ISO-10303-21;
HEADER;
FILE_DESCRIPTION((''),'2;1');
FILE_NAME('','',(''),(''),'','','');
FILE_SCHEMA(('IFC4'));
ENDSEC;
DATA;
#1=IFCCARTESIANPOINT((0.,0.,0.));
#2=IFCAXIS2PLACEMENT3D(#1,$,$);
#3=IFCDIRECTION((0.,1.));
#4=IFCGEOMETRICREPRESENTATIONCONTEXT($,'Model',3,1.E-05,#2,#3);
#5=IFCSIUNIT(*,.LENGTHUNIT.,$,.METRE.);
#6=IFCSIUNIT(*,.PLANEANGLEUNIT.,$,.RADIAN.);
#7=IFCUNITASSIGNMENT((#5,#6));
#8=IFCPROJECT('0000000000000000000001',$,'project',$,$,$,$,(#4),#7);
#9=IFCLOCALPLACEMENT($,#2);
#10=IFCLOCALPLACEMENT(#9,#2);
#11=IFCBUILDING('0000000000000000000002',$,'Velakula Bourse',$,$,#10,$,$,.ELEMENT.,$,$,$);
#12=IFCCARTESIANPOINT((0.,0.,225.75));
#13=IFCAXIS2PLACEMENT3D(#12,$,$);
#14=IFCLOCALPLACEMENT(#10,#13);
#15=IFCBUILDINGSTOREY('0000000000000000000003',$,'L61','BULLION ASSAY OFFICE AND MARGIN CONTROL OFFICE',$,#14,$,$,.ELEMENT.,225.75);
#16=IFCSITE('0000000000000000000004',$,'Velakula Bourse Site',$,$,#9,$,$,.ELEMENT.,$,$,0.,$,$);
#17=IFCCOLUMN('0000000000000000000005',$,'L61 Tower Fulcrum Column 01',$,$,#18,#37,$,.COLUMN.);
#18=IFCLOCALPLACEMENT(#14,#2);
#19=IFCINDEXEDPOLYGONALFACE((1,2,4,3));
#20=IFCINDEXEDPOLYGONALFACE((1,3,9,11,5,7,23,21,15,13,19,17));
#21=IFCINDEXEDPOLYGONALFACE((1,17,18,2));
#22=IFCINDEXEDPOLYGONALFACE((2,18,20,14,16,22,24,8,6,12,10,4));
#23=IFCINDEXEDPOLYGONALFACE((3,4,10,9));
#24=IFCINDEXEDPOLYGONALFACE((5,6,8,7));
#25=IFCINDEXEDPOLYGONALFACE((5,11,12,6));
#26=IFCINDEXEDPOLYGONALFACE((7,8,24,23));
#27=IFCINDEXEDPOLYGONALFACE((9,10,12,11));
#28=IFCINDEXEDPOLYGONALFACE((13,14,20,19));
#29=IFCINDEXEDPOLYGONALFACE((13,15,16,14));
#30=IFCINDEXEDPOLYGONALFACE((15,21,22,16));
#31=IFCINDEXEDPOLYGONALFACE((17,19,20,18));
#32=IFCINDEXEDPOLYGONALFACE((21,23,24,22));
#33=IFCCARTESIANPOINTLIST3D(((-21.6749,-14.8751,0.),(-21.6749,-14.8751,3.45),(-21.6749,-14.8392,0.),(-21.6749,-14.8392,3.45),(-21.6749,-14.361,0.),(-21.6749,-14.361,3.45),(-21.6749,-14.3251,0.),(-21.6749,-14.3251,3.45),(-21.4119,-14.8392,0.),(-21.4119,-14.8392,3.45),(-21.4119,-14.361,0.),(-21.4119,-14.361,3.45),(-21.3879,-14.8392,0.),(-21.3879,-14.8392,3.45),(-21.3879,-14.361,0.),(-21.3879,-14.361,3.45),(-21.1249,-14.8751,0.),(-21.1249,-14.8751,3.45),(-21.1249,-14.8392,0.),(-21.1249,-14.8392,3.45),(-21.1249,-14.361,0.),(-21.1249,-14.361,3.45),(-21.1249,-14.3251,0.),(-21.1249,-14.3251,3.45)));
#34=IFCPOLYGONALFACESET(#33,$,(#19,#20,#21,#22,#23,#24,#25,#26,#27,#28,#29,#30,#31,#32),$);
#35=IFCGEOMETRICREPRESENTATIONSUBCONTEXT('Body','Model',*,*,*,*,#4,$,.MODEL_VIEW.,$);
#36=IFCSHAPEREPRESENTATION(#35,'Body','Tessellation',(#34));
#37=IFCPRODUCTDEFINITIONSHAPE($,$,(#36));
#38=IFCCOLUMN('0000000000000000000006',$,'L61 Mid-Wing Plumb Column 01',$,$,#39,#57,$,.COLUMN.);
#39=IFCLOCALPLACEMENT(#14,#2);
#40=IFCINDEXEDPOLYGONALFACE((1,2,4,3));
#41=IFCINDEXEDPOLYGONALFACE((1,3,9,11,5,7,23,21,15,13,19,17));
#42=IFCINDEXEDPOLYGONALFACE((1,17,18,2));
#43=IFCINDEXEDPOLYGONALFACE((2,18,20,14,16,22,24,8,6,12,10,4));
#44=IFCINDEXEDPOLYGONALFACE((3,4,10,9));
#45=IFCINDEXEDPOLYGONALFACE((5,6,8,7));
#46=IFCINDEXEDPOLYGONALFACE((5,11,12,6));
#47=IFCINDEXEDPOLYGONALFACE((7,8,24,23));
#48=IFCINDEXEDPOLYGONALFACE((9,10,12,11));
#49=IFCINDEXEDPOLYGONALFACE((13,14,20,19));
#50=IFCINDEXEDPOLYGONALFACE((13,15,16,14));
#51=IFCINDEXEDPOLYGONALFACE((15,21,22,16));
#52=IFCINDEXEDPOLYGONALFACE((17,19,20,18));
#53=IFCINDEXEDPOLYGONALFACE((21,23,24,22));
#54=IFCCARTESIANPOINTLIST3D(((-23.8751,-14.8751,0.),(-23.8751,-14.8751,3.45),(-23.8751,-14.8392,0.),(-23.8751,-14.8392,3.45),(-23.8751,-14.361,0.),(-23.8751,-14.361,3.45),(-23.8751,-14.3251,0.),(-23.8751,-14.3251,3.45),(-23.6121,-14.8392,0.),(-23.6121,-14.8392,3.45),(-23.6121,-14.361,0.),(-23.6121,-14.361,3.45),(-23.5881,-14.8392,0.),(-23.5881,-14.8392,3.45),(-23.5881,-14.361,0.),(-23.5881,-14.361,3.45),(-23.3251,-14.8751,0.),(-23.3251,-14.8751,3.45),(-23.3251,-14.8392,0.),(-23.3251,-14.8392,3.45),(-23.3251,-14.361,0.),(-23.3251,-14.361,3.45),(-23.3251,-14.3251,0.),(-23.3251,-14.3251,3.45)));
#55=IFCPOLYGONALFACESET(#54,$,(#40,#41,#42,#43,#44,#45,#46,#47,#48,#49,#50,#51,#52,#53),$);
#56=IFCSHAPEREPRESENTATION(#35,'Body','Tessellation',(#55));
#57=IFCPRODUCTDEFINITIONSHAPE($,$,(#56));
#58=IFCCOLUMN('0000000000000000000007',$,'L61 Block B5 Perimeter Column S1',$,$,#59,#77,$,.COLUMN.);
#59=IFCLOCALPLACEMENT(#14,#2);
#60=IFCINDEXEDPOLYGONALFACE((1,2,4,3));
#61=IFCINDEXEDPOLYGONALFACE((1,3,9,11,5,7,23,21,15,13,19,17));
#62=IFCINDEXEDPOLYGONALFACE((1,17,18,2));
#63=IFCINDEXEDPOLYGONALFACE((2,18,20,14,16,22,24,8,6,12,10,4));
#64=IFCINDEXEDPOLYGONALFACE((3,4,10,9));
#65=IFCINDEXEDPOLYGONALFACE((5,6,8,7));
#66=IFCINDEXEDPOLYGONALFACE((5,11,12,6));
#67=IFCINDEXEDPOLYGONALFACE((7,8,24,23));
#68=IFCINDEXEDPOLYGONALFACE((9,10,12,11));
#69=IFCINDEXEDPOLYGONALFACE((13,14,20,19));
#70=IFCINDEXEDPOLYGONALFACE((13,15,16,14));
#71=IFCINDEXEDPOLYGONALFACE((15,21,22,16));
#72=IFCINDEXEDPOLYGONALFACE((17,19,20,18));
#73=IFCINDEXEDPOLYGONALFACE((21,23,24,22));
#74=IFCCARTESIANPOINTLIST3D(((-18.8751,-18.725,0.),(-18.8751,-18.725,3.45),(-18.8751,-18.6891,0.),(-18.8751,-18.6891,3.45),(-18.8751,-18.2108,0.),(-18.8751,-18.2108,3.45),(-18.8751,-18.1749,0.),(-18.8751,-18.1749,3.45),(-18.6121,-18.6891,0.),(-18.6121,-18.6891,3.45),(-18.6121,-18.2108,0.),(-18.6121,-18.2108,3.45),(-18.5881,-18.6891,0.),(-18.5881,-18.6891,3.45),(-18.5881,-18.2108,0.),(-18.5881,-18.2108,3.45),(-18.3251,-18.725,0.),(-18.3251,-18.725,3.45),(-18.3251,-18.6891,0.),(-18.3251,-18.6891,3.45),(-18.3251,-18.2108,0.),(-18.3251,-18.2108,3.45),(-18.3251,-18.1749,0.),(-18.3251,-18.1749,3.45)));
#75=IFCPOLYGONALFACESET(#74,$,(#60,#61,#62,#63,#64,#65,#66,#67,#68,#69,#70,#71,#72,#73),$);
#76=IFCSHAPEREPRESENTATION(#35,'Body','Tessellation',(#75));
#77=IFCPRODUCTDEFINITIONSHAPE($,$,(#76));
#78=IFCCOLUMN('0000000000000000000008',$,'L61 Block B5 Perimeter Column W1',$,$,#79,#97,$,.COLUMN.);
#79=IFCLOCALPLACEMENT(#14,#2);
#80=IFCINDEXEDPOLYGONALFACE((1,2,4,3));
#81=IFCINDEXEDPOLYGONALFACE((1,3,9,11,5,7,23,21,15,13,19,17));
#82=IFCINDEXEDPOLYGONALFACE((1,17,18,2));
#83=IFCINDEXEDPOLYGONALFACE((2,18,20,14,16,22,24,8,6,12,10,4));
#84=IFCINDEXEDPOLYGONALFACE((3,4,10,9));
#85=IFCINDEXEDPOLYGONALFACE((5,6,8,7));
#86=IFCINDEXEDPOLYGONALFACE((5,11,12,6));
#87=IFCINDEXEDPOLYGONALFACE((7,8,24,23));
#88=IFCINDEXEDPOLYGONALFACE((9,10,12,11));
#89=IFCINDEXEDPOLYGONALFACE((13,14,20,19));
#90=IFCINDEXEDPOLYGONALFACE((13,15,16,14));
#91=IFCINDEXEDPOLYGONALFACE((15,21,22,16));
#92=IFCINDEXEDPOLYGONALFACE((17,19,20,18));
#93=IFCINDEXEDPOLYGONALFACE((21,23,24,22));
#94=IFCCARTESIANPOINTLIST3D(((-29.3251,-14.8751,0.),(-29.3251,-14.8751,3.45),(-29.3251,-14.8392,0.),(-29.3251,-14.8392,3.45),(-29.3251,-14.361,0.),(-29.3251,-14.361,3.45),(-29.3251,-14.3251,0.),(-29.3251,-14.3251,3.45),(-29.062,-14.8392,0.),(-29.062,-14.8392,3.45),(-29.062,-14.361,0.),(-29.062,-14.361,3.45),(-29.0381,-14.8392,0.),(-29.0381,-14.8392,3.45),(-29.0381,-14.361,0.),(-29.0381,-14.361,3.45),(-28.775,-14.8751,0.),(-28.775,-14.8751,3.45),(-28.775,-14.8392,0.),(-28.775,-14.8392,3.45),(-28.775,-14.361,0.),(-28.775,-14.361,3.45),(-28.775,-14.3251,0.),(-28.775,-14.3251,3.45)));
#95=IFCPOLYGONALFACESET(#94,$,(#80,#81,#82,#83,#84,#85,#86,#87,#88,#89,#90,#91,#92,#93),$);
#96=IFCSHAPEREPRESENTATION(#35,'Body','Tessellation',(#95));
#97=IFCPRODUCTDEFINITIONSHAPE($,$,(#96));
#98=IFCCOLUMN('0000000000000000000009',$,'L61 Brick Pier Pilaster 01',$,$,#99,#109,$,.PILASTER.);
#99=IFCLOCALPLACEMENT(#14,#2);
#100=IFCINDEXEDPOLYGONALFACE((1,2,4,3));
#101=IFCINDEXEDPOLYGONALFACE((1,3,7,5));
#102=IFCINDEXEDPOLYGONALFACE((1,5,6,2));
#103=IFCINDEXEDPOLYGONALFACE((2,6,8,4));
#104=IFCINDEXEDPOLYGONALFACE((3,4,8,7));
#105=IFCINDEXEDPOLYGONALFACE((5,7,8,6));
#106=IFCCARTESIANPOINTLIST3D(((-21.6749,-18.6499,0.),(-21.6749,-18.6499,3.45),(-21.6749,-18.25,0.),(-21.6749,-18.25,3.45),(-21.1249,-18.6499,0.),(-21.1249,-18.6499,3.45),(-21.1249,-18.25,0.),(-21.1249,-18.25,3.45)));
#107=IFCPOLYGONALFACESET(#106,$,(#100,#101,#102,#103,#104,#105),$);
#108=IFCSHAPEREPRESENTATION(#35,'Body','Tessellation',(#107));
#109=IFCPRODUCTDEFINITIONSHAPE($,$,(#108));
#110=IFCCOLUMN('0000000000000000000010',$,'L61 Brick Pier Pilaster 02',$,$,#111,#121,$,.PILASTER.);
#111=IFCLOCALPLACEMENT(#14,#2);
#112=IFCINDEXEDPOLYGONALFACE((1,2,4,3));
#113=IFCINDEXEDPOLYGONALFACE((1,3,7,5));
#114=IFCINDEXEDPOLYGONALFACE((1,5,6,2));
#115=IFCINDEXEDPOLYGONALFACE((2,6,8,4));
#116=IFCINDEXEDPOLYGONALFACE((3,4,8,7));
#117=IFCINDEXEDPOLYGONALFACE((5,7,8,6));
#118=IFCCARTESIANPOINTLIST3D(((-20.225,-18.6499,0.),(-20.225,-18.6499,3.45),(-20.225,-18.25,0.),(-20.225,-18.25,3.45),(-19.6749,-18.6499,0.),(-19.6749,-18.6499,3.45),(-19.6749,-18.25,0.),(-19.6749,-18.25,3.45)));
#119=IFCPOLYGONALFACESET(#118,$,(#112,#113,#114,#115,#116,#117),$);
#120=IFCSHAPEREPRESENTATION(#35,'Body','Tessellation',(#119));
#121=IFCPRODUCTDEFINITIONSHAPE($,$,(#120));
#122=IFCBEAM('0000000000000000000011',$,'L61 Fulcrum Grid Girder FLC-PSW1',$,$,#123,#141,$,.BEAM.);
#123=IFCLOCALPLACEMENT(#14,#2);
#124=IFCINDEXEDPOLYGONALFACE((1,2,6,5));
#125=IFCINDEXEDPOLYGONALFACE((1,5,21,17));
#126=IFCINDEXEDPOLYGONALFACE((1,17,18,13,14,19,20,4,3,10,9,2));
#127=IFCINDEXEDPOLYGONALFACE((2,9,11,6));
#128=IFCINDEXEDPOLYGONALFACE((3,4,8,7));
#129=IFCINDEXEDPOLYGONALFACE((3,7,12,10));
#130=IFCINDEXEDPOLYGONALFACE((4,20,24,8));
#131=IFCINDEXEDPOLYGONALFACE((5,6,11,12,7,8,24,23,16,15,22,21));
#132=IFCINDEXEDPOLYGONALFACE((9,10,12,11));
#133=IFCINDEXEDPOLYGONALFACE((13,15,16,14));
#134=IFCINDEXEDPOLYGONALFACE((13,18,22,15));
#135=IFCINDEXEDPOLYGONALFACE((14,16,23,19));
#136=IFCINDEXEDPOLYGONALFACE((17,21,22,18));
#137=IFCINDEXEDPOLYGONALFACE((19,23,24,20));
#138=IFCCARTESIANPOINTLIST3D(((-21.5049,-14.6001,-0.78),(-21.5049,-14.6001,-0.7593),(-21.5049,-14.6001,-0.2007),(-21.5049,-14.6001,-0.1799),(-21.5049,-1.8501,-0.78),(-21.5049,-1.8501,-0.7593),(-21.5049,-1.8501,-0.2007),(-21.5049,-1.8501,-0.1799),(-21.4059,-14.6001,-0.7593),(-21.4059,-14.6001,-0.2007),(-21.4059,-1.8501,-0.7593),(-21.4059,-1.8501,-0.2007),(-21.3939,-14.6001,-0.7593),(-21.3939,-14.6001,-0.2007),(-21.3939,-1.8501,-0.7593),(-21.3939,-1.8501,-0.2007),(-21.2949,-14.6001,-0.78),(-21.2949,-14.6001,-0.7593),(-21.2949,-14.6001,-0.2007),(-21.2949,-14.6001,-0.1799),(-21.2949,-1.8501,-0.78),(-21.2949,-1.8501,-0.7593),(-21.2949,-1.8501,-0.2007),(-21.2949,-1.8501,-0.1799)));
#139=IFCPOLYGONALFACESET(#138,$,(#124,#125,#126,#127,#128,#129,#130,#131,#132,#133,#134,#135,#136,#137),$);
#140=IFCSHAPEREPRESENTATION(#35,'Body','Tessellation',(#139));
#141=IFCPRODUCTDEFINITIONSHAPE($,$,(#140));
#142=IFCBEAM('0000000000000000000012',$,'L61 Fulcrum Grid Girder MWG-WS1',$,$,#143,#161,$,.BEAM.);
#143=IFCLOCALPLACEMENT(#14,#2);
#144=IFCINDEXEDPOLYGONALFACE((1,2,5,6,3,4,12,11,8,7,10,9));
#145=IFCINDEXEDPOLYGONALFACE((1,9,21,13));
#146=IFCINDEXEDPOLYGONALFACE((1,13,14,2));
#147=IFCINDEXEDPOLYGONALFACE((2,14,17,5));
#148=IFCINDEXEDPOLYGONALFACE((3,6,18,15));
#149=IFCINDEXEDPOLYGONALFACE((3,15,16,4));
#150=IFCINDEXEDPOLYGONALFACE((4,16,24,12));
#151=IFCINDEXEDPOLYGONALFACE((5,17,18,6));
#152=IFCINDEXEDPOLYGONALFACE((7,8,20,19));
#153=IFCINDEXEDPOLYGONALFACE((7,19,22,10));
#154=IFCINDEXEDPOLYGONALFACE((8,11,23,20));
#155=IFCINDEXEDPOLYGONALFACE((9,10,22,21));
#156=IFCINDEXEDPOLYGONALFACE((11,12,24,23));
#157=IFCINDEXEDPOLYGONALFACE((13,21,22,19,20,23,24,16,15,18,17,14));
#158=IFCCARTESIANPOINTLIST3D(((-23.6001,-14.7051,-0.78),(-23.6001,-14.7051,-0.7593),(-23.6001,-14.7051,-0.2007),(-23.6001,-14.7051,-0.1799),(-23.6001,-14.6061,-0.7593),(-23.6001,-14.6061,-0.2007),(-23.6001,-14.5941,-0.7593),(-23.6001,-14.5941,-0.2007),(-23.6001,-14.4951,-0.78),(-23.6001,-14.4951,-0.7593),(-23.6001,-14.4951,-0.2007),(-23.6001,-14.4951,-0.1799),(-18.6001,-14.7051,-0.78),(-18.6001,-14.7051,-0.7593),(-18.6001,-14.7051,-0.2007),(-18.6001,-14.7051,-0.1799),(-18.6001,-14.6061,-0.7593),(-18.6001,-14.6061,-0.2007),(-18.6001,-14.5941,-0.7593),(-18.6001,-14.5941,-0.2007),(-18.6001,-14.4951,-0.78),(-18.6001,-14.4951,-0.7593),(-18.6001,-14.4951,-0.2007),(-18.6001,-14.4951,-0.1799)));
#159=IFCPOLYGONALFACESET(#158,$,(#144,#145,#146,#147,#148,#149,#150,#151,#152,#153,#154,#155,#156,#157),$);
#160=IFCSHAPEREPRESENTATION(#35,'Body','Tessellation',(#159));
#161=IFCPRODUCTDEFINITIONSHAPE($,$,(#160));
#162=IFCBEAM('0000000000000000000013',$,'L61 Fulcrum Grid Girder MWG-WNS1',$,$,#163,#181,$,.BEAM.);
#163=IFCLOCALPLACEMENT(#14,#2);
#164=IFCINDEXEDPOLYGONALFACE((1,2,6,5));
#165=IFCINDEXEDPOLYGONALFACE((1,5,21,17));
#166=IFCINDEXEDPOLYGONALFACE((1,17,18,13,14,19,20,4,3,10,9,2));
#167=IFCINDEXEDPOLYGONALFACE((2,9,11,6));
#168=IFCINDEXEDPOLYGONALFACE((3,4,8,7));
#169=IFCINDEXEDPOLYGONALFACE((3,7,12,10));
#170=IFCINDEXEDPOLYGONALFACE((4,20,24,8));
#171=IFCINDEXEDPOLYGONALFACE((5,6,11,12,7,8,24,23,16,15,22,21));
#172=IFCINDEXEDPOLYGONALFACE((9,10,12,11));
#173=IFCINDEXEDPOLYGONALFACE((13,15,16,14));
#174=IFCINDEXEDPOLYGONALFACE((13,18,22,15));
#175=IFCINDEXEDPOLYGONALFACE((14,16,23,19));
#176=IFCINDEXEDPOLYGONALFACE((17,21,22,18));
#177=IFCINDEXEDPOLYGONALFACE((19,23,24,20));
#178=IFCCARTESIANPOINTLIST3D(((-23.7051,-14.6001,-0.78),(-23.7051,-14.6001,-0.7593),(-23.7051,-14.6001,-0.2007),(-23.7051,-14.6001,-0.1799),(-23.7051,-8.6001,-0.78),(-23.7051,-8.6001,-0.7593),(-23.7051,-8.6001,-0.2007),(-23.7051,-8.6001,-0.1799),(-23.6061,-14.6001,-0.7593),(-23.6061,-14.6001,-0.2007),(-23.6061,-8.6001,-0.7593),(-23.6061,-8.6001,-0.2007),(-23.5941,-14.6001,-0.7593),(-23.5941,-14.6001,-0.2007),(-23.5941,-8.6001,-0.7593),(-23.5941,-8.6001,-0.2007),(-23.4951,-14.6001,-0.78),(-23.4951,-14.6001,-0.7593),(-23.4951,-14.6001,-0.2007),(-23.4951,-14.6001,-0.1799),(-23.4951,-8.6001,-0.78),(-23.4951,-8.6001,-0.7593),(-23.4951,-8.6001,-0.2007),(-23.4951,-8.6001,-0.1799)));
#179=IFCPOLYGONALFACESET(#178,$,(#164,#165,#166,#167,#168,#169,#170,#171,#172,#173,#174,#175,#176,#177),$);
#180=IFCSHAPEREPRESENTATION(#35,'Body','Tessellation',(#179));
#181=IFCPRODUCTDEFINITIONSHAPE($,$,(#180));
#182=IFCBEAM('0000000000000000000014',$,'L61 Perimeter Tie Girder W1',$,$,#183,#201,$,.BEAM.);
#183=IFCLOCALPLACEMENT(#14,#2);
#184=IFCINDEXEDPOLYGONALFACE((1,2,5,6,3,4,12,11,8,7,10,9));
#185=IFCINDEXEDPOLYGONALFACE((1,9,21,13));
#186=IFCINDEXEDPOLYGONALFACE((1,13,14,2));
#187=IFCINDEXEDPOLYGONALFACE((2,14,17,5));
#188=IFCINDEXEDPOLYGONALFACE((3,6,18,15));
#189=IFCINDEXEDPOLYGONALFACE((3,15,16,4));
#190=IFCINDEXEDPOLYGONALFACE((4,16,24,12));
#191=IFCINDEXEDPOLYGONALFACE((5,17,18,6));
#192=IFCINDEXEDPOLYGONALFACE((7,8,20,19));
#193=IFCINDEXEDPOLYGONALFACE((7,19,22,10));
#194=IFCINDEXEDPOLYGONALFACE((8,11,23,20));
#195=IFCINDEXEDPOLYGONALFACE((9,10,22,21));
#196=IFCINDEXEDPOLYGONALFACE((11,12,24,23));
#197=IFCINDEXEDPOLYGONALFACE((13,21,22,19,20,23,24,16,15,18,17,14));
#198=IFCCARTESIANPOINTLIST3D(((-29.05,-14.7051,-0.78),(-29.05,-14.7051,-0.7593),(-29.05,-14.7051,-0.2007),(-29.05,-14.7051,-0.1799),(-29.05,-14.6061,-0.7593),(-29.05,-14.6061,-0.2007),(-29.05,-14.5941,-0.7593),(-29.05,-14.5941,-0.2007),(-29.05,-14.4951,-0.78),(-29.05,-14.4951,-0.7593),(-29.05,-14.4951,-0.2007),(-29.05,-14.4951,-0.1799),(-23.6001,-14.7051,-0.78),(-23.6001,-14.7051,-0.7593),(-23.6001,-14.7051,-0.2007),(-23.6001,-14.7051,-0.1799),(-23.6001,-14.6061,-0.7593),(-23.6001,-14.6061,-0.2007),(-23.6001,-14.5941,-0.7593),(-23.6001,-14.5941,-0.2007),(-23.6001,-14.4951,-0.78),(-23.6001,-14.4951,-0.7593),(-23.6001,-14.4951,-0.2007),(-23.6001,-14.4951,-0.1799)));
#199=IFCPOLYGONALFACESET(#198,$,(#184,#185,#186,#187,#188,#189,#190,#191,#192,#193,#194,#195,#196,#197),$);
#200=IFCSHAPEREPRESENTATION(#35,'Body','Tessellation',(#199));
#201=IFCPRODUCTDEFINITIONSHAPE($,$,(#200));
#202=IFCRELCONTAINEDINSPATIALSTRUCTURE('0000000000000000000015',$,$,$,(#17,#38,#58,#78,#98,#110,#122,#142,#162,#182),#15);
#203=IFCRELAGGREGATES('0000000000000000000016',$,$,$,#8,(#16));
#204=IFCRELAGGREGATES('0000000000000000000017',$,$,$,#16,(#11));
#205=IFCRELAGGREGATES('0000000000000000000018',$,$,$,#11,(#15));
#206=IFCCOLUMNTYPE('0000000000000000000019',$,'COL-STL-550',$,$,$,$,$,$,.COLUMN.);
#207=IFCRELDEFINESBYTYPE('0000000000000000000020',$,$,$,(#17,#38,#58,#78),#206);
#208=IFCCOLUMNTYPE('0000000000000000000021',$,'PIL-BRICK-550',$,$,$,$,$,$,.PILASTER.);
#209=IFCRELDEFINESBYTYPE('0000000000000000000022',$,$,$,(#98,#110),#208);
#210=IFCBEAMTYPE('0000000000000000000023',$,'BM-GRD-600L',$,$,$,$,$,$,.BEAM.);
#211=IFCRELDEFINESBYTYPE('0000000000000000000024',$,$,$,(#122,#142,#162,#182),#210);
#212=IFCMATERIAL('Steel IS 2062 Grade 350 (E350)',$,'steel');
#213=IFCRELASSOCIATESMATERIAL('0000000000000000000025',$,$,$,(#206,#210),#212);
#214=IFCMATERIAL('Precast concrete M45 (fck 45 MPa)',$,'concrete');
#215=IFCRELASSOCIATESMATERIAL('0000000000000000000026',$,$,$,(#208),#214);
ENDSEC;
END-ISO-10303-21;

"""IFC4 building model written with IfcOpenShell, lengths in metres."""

from ifc_helpers import new_model, si_unit, direction, frame, origin, origin_2d, place, context, subcontext, project, spatial, rectangle, i_section, extrude, material, material_profile, profile_set, type_object, element, save


model = new_model("IFC4")

# Units and contexts
model_context = context("Model", 3, precision=1e-05, world=origin(), true_north=direction((0.0, 1.0)))
body_context = subcontext(model_context, "Body", "Model", "MODEL_VIEW")
ifc_project = project(units=[si_unit("LENGTHUNIT", "METRE"), si_unit("PLANEANGLEUNIT", "RADIAN")], contexts=[model_context])

# Site, building, storey
site_placement = place(None, origin())
site = spatial("IfcSite", under=ifc_project, at=site_placement, Name="Velakula Bourse Site", CompositionType="ELEMENT", RefElevation=0.0)
building_placement = place(site_placement, origin())
building = spatial("IfcBuilding", under=site, at=building_placement, Name="Velakula Bourse", CompositionType="ELEMENT")
storey_placement = place(building_placement, frame((0.0, 0.0, 225.75)))
storey = spatial("IfcBuildingStorey", under=building, at=storey_placement, Name="L61", Description="BULLION ASSAY OFFICE AND MARGIN CONTROL OFFICE", CompositionType="ELEMENT", Elevation=225.75)

# Columns
ifc_material_1 = material(Name="Steel IS 2062 Grade 350 (E350)", Category="steel")
ifc_material_profile_1 = material_profile(ifc_material_1, i_section(OverallWidth=0.55, OverallDepth=0.55, WebThickness=0.0239, FlangeThickness=0.0359, at=origin_2d()), Name="Steel IS 2062 Grade 350 (E350)")
ifc_profile_set_1 = profile_set([ifc_material_profile_1], Name="Steel IS 2062 Grade 350 (E350)")
column_type_1 = type_object("IfcColumnType", Name="COL-STL-550", PredefinedType="COLUMN", material=ifc_profile_set_1)
for number, where, z_axis, x_axis, name in (
    (1, (-21.3999, -14.6001, 0.0), (0.0, 0.0, 1.0), (1.0, 0.0, 0.0), "L61 Tower Fulcrum Column 01"),
    (2, (-23.6001, -14.6001, 0.0), (0.0, 0.0, 1.0), (1.0, 0.0, 0.0), "L61 Mid-Wing Plumb Column 01"),
    (3, (-18.6001, -18.45, 0.0), (0.0, 0.0, 1.0), (1.0, 0.0, 0.0), "L61 Block B5 Perimeter Column S1"),
    (4, (-29.05, -14.6001, 0.0), (0.0, 0.0, 1.0), (1.0, 0.0, 0.0), "L61 Block B5 Perimeter Column W1"),
):
    element("IfcColumn", number, at=place(storey_placement, frame(where, z_axis=z_axis, x_axis=x_axis)), inside=storey, type_object=column_type_1, Name=name, PredefinedType="COLUMN", context=body_context, shape_type="SweptSolid", body=[
        extrude(i_section(OverallWidth=0.55, OverallDepth=0.55, WebThickness=0.0239, FlangeThickness=0.0359, at=origin_2d()), origin(), (0.0, 0.0, 1.0), 3.45),
    ])
ifc_material_2 = material(Name="Precast concrete M45 (fck 45 MPa)", Category="concrete")
ifc_material_profile_2 = material_profile(ifc_material_2, rectangle(XDim=0.55, YDim=0.3999, at=origin_2d()), Name="Precast concrete M45 (fck 45 MPa)")
ifc_profile_set_2 = profile_set([ifc_material_profile_2], Name="Precast concrete M45 (fck 45 MPa)")
column_type_2 = type_object("IfcColumnType", Name="PIL-BRICK-550", PredefinedType="PILASTER", material=ifc_profile_set_2)
for number, where, z_axis, x_axis, name in (
    (5, (-21.3999, -18.45, 0.0), (0.0, 0.0, 1.0), (1.0, 0.0, 0.0), "L61 Brick Pier Pilaster 01"),
    (6, (-19.95, -18.45, 0.0), (0.0, 0.0, 1.0), (1.0, 0.0, 0.0), "L61 Brick Pier Pilaster 02"),
):
    element("IfcColumn", number, at=place(storey_placement, frame(where, z_axis=z_axis, x_axis=x_axis)), inside=storey, type_object=column_type_2, Name=name, PredefinedType="PILASTER", context=body_context, shape_type="SweptSolid", body=[
        extrude(rectangle(XDim=0.55, YDim=0.3999, at=origin_2d()), origin(), (0.0, 0.0, 1.0), 3.45),
    ])

# Beams
ifc_material_profile_3 = material_profile(ifc_material_1, i_section(OverallWidth=0.21, OverallDepth=0.6001, WebThickness=0.012, FlangeThickness=0.0208, at=origin_2d()), Name="Steel IS 2062 Grade 350 (E350)")
ifc_profile_set_3 = profile_set([ifc_material_profile_3], Name="Steel IS 2062 Grade 350 (E350)")
beam_type_1 = type_object("IfcBeamType", Name="BM-GRD-600L", PredefinedType="BEAM", material=ifc_profile_set_3)
beam_1_placement = place(storey_placement, frame((-21.3999, -14.6001, -0.48), z_axis=(0.0, 1.0, 0.0), x_axis=(-1.0, 0.0, 0.0)))
element("IfcBeam", 7, at=beam_1_placement, inside=storey, type_object=beam_type_1, Name="L61 Fulcrum Grid Girder FLC-PSW1", PredefinedType="BEAM", context=body_context, shape_type="SweptSolid", body=[
    extrude(i_section(OverallWidth=0.21, OverallDepth=0.6001, WebThickness=0.012, FlangeThickness=0.0208, at=origin_2d()), origin(), (0.0, 0.0, 1.0), 12.75),
])
beam_2_placement = place(storey_placement, frame((-23.6001, -14.6001, -0.48), z_axis=(1.0, 0.0, 0.0), x_axis=(0.0, 1.0, 0.0)))
element("IfcBeam", 8, at=beam_2_placement, inside=storey, type_object=beam_type_1, Name="L61 Fulcrum Grid Girder MWG-WS1", PredefinedType="BEAM", context=body_context, shape_type="SweptSolid", body=[
    extrude(i_section(OverallWidth=0.21, OverallDepth=0.6001, WebThickness=0.012, FlangeThickness=0.0208, at=origin_2d()), origin(), (0.0, 0.0, 1.0), 5.0),
])
beam_3_placement = place(storey_placement, frame((-23.6001, -14.6001, -0.48), z_axis=(0.0, 1.0, 0.0), x_axis=(-1.0, 0.0, 0.0)))
element("IfcBeam", 9, at=beam_3_placement, inside=storey, type_object=beam_type_1, Name="L61 Fulcrum Grid Girder MWG-WNS1", PredefinedType="BEAM", context=body_context, shape_type="SweptSolid", body=[
    extrude(i_section(OverallWidth=0.21, OverallDepth=0.6001, WebThickness=0.012, FlangeThickness=0.0208, at=origin_2d()), origin(), (0.0, 0.0, 1.0), 6.0),
])
beam_4_placement = place(storey_placement, frame((-23.6001, -14.6001, -0.48), z_axis=(-1.0, 0.0, 0.0), x_axis=(0.0, -1.0, 0.0)))
element("IfcBeam", 10, at=beam_4_placement, inside=storey, type_object=beam_type_1, Name="L61 Perimeter Tie Girder W1", PredefinedType="BEAM", context=body_context, shape_type="SweptSolid", body=[
    extrude(i_section(OverallWidth=0.21, OverallDepth=0.6001, WebThickness=0.012, FlangeThickness=0.0208, at=origin_2d()), origin(), (0.0, 0.0, 1.0), 5.45),
])

save(model, "model.ifc")
